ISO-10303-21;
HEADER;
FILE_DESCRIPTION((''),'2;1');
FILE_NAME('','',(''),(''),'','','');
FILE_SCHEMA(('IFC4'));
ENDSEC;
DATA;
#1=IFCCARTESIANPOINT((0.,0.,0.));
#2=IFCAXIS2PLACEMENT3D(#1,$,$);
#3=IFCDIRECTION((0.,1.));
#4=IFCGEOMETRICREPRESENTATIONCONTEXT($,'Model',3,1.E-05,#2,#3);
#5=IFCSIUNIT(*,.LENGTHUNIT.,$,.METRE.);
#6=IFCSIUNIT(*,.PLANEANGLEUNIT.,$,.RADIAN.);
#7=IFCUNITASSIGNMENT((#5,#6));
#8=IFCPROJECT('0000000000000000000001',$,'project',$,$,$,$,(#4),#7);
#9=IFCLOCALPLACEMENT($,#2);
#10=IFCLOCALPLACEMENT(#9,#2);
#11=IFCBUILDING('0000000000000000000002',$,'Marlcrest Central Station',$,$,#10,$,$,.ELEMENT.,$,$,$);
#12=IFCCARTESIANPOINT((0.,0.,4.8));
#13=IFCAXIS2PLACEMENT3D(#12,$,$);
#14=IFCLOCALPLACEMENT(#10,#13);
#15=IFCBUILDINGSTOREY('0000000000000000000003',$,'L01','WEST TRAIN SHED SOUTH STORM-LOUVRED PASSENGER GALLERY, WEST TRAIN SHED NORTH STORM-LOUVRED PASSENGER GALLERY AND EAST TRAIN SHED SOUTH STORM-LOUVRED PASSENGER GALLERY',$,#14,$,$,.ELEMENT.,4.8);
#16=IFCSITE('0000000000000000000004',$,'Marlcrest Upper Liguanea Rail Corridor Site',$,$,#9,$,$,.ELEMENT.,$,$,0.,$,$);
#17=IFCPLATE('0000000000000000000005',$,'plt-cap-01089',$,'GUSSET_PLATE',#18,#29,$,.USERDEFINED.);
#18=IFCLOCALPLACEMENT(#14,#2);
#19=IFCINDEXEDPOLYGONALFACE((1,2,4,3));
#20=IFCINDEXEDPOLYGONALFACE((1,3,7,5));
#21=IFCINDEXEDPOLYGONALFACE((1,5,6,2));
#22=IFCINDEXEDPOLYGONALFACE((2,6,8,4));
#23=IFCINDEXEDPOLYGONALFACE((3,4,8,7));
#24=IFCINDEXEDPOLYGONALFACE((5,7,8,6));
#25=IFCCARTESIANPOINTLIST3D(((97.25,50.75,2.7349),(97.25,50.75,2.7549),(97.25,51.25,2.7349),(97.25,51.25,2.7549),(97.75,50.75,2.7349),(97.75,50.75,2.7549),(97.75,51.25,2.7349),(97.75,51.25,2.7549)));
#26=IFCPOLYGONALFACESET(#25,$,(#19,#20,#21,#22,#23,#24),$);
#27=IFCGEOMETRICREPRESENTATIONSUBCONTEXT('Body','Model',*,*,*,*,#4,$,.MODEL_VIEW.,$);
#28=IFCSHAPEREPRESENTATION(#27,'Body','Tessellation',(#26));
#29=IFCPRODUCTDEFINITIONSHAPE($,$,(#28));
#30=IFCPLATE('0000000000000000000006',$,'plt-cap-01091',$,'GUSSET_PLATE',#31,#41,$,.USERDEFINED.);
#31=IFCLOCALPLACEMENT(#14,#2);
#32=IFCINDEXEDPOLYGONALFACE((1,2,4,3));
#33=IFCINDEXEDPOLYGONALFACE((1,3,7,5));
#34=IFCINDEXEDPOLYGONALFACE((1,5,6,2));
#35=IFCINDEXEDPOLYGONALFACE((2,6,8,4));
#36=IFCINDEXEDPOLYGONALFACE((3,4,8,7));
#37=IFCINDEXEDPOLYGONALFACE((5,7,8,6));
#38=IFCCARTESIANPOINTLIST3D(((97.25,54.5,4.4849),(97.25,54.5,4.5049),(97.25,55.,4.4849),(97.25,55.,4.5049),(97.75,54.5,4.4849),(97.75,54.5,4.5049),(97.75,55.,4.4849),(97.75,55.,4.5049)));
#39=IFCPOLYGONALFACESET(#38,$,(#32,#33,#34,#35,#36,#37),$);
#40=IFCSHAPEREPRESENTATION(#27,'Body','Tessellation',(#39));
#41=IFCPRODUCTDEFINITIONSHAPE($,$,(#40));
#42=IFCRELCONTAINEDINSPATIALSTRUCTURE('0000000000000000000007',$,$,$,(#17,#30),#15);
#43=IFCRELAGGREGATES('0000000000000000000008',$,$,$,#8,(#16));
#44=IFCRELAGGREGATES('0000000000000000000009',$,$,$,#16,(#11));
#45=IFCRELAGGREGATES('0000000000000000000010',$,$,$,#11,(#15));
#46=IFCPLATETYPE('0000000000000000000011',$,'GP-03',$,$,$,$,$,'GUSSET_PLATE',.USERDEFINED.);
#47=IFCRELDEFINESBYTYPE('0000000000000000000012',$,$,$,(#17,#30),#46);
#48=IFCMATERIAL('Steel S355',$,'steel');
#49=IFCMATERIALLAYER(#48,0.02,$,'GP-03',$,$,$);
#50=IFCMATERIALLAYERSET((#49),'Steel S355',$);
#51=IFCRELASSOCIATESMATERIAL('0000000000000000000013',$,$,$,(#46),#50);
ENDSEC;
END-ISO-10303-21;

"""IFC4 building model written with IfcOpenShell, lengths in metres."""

from ifc_helpers import new_model, si_unit, direction, frame, origin, origin_2d, place, context, subcontext, project, spatial, rectangle, extrude, material, layer, layer_set, type_object, element, save


model = new_model("IFC4")

# Units and contexts
model_context = context("Model", 3, precision=1e-05, world=origin(), true_north=direction((0.0, 1.0)))
body_context = subcontext(model_context, "Body", "Model", "MODEL_VIEW")
ifc_project = project(units=[si_unit("LENGTHUNIT", "METRE"), si_unit("PLANEANGLEUNIT", "RADIAN")], contexts=[model_context])

# Site, building, storey
site_placement = place(None, origin())
site = spatial("IfcSite", under=ifc_project, at=site_placement, Name="Marlcrest Upper Liguanea Rail Corridor Site", CompositionType="ELEMENT", RefElevation=0.0)
building_placement = place(site_placement, origin())
building = spatial("IfcBuilding", under=site, at=building_placement, Name="Marlcrest Central Station", CompositionType="ELEMENT")
storey_placement = place(building_placement, frame((0.0, 0.0, 4.8)))
storey = spatial("IfcBuildingStorey", under=building, at=storey_placement, Name="L01", Description="WEST TRAIN SHED SOUTH STORM-LOUVRED PASSENGER GALLERY, WEST TRAIN SHED NORTH STORM-LOUVRED PASSENGER GALLERY AND EAST TRAIN SHED SOUTH STORM-LOUVRED PASSENGER GALLERY", CompositionType="ELEMENT", Elevation=4.8)

# Shared definitions
ifc_material_1 = material(Name="Steel S355", Category="steel")

# Plates
ifc_layer_1 = layer(ifc_material_1, 0.02, Name="GP-03")
ifc_layer_set_1 = layer_set([ifc_layer_1], Name="Steel S355")
plate_type_1 = type_object("IfcPlateType", Name="GP-03", ElementType="GUSSET_PLATE", PredefinedType="USERDEFINED", material=ifc_layer_set_1)
for number, where, z_axis, x_axis, name in (
    (1, (97.5, 51.0, 2.7349), (0.0, 0.0, 1.0), (1.0, 0.0, 0.0), "plt-cap-01089"),
    (2, (97.5, 54.75, 4.4849), (0.0, 0.0, 1.0), (1.0, 0.0, 0.0), "plt-cap-01091"),
):
    element("IfcPlate", number, at=place(storey_placement, frame(where, z_axis=z_axis, x_axis=x_axis)), inside=storey, type_object=plate_type_1, Name=name, ObjectType="GUSSET_PLATE", PredefinedType="USERDEFINED", context=body_context, shape_type="SweptSolid", body=[
        extrude(rectangle(XDim=0.5, YDim=0.5, at=origin_2d()), origin(), (0.0, 0.0, 1.0), 0.02),
    ])

save(model, "model.ifc")
